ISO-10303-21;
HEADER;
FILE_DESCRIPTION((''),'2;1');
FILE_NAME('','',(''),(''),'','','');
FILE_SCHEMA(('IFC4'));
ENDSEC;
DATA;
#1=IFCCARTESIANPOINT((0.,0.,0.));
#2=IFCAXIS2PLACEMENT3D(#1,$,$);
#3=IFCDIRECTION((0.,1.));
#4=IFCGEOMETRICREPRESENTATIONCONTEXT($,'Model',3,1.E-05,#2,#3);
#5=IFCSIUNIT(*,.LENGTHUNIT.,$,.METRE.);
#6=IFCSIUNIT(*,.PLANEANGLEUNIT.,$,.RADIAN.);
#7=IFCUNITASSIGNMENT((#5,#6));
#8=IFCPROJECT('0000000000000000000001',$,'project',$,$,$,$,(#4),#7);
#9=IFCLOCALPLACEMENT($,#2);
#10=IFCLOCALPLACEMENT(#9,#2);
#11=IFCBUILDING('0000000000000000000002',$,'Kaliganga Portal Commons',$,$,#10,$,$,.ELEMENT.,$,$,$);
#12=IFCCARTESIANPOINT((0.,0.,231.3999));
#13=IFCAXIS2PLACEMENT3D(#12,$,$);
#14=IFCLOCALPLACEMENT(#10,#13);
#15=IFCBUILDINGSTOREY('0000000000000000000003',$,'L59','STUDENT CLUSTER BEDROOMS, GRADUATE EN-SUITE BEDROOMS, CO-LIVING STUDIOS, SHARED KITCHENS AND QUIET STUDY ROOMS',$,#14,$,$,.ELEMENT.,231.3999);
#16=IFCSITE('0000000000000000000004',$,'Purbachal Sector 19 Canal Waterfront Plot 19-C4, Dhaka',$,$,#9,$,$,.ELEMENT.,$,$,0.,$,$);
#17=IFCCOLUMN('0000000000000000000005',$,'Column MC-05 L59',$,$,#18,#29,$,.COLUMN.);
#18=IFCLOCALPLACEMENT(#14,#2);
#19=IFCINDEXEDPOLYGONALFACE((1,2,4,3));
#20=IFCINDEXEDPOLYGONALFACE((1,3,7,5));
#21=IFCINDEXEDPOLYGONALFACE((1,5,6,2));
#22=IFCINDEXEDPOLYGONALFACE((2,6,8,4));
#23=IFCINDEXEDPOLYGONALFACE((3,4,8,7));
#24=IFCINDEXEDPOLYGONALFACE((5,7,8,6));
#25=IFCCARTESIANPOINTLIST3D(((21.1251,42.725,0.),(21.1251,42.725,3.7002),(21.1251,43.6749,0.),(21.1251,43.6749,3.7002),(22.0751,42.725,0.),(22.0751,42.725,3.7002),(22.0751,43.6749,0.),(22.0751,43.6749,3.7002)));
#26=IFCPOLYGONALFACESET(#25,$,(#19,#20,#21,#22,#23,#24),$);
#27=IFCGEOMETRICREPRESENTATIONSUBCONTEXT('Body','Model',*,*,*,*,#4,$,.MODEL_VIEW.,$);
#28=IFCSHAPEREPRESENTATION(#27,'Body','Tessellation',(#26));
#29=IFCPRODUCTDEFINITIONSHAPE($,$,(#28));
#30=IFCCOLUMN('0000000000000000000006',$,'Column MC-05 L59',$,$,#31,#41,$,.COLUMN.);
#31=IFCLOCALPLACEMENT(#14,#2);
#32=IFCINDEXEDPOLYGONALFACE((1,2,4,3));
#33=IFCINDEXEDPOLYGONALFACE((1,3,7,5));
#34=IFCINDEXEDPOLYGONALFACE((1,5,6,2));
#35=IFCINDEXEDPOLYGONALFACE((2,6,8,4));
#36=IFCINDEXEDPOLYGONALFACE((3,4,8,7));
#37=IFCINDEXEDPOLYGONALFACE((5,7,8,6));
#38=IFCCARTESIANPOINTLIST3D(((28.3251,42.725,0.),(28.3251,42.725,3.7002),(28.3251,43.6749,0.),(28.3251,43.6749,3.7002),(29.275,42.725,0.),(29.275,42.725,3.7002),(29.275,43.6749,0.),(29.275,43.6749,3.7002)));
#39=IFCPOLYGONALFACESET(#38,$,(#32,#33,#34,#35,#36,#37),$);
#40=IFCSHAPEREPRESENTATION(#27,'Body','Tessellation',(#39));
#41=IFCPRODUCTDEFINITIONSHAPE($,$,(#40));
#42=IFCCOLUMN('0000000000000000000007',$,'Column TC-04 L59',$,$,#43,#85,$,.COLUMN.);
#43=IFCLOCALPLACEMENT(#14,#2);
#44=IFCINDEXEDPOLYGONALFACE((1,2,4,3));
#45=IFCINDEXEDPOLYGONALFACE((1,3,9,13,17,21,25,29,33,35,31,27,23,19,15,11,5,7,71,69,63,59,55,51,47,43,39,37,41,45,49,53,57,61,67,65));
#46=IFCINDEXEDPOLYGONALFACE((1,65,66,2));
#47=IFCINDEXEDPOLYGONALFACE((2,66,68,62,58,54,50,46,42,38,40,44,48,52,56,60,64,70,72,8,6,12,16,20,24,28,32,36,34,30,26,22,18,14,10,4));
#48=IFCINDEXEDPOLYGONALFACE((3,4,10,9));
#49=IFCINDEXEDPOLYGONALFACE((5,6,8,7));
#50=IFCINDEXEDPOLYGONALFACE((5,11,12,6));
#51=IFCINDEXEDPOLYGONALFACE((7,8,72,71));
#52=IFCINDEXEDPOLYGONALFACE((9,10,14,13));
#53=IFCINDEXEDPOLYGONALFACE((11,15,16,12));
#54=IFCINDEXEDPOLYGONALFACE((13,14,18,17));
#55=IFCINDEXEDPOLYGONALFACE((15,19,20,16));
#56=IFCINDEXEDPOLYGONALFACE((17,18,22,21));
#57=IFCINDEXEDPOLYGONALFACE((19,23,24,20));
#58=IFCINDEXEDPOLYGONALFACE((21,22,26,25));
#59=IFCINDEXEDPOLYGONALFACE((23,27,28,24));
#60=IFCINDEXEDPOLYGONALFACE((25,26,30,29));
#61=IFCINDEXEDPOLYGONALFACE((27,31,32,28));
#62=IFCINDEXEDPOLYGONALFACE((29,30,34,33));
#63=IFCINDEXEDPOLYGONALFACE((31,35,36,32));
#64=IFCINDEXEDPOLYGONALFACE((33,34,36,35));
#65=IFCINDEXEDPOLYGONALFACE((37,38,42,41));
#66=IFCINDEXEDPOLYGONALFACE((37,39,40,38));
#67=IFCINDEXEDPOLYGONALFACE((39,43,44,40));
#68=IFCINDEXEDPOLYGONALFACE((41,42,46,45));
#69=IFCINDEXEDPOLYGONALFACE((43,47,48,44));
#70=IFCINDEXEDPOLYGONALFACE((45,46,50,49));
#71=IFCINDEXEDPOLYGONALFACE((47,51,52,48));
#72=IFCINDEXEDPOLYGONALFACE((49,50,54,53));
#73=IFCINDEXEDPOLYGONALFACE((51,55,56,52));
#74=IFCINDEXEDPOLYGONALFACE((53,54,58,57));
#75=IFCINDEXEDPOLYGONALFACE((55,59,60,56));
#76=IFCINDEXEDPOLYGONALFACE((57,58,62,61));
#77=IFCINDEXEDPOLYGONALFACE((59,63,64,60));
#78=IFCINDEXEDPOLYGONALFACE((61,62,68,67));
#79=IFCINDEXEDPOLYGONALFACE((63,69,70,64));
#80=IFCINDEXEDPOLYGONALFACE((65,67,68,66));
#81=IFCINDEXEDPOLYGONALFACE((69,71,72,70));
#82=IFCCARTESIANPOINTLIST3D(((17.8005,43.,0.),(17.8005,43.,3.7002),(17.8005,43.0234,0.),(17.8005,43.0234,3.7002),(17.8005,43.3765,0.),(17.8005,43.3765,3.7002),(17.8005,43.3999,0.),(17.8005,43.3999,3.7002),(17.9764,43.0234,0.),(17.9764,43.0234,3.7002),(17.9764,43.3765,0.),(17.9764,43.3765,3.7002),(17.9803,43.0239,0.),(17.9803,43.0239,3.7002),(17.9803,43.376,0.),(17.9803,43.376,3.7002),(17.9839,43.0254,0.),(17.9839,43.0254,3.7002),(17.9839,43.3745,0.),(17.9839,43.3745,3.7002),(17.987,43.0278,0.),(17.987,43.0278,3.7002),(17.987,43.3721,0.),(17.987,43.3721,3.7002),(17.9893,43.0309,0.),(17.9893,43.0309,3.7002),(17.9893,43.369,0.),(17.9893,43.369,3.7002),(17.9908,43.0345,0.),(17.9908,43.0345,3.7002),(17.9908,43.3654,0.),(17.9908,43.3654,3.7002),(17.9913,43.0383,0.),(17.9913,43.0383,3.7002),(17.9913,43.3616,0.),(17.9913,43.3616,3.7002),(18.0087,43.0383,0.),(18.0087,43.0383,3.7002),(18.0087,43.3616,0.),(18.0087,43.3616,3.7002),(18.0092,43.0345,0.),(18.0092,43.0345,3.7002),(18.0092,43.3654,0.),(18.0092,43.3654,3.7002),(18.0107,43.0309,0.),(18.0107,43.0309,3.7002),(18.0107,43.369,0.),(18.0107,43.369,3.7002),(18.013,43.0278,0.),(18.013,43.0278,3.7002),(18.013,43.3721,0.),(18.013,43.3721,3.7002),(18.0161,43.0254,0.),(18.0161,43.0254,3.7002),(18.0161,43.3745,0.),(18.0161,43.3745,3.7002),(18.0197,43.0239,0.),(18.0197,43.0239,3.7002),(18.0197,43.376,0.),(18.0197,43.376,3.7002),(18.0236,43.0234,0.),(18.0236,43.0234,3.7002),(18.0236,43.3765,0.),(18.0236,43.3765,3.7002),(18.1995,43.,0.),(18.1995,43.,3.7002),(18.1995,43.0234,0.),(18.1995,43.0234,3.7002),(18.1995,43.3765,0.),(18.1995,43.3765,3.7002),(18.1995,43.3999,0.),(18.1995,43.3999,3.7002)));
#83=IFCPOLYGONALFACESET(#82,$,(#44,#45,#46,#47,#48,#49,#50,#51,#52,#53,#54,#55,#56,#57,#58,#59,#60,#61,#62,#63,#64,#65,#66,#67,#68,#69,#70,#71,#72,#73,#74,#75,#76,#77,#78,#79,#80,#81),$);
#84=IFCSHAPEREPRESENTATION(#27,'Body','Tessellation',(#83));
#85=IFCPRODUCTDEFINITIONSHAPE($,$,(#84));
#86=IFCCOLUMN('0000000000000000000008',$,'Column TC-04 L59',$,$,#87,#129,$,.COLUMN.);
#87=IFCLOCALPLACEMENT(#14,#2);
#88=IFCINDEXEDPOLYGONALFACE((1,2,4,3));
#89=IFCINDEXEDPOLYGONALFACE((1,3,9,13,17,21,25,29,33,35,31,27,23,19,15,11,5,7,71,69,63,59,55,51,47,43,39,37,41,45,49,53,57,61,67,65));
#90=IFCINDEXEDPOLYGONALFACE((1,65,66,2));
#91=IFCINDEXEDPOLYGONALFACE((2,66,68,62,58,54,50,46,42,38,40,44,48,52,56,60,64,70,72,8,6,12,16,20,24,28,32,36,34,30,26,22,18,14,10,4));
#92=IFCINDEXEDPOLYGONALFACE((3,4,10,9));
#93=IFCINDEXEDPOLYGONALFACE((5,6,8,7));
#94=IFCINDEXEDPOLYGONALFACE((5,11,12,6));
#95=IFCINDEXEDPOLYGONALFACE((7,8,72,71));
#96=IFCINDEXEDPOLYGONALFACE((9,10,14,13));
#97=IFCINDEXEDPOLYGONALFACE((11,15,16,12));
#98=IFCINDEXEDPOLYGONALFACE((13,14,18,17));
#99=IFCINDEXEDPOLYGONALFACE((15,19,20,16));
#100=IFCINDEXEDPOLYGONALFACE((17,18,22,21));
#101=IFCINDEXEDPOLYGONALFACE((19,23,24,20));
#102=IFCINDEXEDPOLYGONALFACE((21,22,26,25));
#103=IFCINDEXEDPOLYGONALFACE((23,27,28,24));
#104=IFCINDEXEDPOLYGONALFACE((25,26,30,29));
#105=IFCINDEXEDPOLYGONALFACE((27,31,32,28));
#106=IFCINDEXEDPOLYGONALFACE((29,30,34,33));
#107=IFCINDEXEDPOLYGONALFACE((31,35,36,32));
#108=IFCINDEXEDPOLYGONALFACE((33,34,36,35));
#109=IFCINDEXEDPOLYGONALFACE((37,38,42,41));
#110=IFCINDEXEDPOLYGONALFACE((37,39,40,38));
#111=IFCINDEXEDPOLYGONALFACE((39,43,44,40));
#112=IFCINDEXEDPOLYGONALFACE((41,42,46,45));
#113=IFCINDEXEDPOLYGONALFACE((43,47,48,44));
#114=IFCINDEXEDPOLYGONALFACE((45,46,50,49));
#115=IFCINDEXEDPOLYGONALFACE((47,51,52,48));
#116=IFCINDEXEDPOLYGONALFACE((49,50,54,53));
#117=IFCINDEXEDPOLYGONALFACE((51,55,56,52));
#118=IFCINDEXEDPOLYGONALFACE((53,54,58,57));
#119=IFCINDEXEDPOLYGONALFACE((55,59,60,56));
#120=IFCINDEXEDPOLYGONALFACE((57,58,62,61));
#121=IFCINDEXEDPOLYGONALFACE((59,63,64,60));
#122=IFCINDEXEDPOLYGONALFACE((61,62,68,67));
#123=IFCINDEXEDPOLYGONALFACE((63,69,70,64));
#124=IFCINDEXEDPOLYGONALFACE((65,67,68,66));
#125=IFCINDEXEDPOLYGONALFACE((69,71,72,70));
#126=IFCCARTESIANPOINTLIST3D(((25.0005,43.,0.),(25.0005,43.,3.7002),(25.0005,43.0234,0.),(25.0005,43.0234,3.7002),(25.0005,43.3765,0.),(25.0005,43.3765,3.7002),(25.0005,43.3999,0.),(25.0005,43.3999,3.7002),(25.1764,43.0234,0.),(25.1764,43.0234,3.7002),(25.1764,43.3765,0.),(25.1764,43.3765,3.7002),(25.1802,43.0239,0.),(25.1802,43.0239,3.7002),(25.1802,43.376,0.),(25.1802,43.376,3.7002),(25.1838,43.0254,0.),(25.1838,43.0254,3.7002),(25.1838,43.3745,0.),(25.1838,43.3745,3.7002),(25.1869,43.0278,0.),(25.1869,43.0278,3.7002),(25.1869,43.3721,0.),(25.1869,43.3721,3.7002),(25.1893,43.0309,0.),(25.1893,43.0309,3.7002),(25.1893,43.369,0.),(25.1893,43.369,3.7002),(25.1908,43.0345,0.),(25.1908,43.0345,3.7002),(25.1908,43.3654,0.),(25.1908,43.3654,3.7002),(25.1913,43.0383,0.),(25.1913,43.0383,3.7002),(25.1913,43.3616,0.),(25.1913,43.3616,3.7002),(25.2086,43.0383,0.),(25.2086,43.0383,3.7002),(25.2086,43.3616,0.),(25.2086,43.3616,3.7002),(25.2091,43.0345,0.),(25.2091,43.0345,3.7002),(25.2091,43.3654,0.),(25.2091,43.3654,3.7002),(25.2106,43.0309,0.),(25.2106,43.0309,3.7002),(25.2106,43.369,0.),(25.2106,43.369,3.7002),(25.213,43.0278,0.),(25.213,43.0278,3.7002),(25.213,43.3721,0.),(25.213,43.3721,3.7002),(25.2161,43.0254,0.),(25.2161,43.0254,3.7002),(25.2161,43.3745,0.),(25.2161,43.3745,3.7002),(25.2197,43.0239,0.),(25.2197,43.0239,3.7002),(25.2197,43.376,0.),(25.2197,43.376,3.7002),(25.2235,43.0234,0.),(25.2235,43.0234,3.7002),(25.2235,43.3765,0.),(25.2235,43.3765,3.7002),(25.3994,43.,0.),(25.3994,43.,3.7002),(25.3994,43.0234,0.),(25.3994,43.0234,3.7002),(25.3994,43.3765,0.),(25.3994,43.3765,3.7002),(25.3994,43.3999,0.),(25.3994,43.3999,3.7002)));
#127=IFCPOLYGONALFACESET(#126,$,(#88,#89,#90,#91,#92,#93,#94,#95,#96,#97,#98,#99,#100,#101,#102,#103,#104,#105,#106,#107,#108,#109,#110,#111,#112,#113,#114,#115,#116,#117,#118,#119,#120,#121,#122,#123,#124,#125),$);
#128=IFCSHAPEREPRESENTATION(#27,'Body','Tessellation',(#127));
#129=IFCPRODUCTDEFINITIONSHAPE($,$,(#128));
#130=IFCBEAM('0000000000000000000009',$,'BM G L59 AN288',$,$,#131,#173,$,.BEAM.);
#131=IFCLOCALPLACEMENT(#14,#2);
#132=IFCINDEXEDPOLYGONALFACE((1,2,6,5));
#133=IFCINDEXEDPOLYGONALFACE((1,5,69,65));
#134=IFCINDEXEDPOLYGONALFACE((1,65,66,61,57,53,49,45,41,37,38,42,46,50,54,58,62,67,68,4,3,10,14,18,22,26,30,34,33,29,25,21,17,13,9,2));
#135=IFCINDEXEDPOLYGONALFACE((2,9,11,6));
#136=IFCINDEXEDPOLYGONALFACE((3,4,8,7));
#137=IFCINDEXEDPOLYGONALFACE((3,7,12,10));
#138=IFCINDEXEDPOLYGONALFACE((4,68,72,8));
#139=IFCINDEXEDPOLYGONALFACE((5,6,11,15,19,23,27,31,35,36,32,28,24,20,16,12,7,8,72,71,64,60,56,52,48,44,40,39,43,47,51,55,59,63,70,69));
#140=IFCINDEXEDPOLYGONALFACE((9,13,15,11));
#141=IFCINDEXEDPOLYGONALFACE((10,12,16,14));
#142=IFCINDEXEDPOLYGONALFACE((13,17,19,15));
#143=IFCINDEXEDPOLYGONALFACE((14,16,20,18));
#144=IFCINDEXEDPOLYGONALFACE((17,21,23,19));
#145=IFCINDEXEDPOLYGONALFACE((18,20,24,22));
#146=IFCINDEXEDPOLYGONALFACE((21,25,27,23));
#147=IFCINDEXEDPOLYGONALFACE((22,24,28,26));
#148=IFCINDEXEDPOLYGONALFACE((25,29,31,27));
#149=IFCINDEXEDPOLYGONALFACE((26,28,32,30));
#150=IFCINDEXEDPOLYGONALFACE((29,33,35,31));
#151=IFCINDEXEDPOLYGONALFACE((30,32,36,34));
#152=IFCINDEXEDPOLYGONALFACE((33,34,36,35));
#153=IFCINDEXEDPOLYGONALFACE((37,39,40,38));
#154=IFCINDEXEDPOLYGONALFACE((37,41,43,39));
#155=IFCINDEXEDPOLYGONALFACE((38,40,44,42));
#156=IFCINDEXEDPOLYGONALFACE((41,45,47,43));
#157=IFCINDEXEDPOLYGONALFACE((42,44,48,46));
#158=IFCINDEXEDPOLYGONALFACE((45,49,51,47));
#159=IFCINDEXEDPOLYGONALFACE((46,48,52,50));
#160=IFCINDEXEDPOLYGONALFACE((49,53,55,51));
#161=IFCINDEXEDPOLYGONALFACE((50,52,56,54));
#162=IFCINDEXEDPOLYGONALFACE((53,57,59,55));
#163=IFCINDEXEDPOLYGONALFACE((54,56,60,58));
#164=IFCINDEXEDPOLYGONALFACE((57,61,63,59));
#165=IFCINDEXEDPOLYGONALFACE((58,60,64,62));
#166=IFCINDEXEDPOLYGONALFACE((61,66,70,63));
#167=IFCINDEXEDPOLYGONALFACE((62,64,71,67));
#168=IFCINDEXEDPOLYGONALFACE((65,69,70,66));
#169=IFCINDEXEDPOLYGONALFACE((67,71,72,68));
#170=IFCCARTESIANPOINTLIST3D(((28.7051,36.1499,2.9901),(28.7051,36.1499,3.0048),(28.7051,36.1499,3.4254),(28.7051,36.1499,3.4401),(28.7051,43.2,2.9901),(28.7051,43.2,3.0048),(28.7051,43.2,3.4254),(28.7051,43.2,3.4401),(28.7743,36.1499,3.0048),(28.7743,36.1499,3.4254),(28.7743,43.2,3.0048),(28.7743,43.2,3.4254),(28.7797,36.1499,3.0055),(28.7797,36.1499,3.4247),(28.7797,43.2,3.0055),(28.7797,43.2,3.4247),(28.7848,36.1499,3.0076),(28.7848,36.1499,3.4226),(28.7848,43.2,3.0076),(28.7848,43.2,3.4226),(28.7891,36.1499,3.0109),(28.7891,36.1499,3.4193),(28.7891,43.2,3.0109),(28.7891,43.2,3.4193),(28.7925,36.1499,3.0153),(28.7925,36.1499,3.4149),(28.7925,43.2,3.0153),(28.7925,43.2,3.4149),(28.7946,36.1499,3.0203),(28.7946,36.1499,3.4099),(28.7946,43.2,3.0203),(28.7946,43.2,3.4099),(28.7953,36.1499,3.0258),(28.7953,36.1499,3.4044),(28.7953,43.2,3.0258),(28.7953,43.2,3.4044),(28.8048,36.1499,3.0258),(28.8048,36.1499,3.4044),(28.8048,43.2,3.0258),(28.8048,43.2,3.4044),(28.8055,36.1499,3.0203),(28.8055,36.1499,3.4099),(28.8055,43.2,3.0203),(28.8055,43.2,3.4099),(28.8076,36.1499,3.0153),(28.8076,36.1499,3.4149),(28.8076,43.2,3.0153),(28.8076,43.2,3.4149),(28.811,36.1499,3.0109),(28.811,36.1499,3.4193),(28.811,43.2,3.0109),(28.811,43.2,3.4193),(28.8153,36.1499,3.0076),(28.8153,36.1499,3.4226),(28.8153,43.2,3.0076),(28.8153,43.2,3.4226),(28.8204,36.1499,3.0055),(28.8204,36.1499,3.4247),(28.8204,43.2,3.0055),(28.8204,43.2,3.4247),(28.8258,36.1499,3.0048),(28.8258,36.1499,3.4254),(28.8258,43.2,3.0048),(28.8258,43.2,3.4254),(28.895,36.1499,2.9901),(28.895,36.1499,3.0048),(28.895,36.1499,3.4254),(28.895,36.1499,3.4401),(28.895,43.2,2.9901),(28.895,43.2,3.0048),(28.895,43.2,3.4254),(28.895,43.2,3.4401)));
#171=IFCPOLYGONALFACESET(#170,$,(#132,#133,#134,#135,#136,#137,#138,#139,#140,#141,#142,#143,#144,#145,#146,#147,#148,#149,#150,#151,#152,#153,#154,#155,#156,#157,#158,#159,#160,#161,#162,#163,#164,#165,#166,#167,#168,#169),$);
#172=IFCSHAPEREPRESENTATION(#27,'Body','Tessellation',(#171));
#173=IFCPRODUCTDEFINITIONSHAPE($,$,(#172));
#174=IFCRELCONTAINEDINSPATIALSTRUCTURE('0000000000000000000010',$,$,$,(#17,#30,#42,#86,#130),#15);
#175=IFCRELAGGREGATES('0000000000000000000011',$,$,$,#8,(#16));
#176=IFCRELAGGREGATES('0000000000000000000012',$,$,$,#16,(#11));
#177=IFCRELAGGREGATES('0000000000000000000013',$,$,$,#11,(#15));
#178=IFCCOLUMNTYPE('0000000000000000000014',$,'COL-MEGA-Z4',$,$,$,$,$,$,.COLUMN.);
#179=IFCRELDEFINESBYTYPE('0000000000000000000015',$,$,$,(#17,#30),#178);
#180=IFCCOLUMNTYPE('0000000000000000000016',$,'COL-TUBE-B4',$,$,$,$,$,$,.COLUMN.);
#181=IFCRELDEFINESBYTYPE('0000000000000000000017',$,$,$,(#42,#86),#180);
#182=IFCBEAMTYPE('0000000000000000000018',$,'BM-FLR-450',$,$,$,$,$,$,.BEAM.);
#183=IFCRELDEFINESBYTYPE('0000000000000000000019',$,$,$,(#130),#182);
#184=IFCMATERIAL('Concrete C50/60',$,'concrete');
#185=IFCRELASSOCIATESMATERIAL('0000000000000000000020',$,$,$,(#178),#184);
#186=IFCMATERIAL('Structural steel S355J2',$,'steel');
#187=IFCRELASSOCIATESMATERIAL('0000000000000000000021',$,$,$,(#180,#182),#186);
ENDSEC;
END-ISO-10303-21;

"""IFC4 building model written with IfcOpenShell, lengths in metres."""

from ifc_helpers import new_model, si_unit, direction, frame, origin, origin_2d, place, context, subcontext, project, spatial, rectangle, i_section, extrude, source, transform, mapped, material, material_profile, profile_set, type_object, element, save


model = new_model("IFC4")

# Units and contexts
model_context = context("Model", 3, precision=1e-05, world=origin(), true_north=direction((0.0, 1.0)))
body_context = subcontext(model_context, "Body", "Model", "MODEL_VIEW")
ifc_project = project(units=[si_unit("LENGTHUNIT", "METRE"), si_unit("PLANEANGLEUNIT", "RADIAN")], contexts=[model_context])

# Site, building, storey
site_placement = place(None, origin())
site = spatial("IfcSite", under=ifc_project, at=site_placement, Name="Purbachal Sector 19 Canal Waterfront Plot 19-C4, Dhaka", CompositionType="ELEMENT", RefElevation=0.0)
building_placement = place(site_placement, origin())
building = spatial("IfcBuilding", under=site, at=building_placement, Name="Kaliganga Portal Commons", CompositionType="ELEMENT")
storey_placement = place(building_placement, frame((0.0, 0.0, 231.3999)))
storey = spatial("IfcBuildingStorey", under=building, at=storey_placement, Name="L59", Description="STUDENT CLUSTER BEDROOMS, GRADUATE EN-SUITE BEDROOMS, CO-LIVING STUDIOS, SHARED KITCHENS AND QUIET STUDY ROOMS", CompositionType="ELEMENT", Elevation=231.3999)

# Columns
ifc_material_1 = material(Name="Concrete C50/60", Category="concrete")
ifc_material_profile_1 = material_profile(ifc_material_1, rectangle(XDim=0.95, YDim=0.95, at=origin_2d()), Name="RC 950x950")
ifc_profile_set_1 = profile_set([ifc_material_profile_1], Name="Concrete C50/60")
column_type_1 = type_object("IfcColumnType", Name="COL-MEGA-Z4", PredefinedType="COLUMN", material=ifc_profile_set_1)
shared_shape_1 = source(origin(), body_context, "Body", "SweptSolid", [
    extrude(rectangle(XDim=0.95, YDim=0.95, at=origin_2d()), origin(), (0.0, 0.0, 1.0), 3.7002),
])
for number, where, z_axis, x_axis, name in (
    (1, (21.6001, 43.2, 0.0), (0.0, 0.0, 1.0), (1.0, 0.0, 0.0), "Column MC-05 L59"),
    (2, (28.8, 43.2, 0.0), (0.0, 0.0, 1.0), (1.0, 0.0, 0.0), "Column MC-05 L59"),
):
    element("IfcColumn", number, at=place(storey_placement, frame(where, z_axis=z_axis, x_axis=x_axis)), inside=storey, type_object=column_type_1, Name=name, PredefinedType="COLUMN", context=body_context, shape_type="MappedRepresentation", body=[
        mapped(shared_shape_1, transform((0.0, 0.0, 0.0), x_axis=(1.0, 0.0, 0.0), y_axis=(0.0, 1.0, 0.0), z_axis=(0.0, 0.0, 1.0), scale=1.0)),
    ])
ifc_material_2 = material(Name="Structural steel S355J2", Category="steel")
ifc_material_profile_2 = material_profile(ifc_material_2, i_section(OverallWidth=0.3989, OverallDepth=0.3999, WebThickness=0.0173, FlangeThickness=0.0234, FilletRadius=0.0149, at=origin_2d()), Name="HD 400x287")
ifc_profile_set_2 = profile_set([ifc_material_profile_2], Name="Structural steel S355J2 wide-flange")
column_type_2 = type_object("IfcColumnType", Name="COL-TUBE-B4", PredefinedType="COLUMN", material=ifc_profile_set_2)
shared_shape_2 = source(origin(), body_context, "Body", "SweptSolid", [
    extrude(i_section(OverallWidth=0.3989, OverallDepth=0.3999, WebThickness=0.0173, FlangeThickness=0.0234, FilletRadius=0.0149, at=origin_2d()), origin(), (0.0, 0.0, 1.0), 3.7002),
])
for number, where, z_axis, x_axis, name in (
    (3, (18.0, 43.2, 0.0), (0.0, 0.0, 1.0), (1.0, 0.0, 0.0), "Column TC-04 L59"),
    (4, (25.2, 43.2, 0.0), (0.0, 0.0, 1.0), (1.0, 0.0, 0.0), "Column TC-04 L59"),
):
    element("IfcColumn", number, at=place(storey_placement, frame(where, z_axis=z_axis, x_axis=x_axis)), inside=storey, type_object=column_type_2, Name=name, PredefinedType="COLUMN", context=body_context, shape_type="MappedRepresentation", body=[
        mapped(shared_shape_2, transform((0.0, 0.0, 0.0), x_axis=(1.0, 0.0, 0.0), y_axis=(0.0, 1.0, 0.0), z_axis=(0.0, 0.0, 1.0), scale=1.0)),
    ])

# Beam
ifc_material_profile_3 = material_profile(ifc_material_2, i_section(OverallWidth=0.1899, OverallDepth=0.45, WebThickness=0.0095, FlangeThickness=0.0146, FilletRadius=0.021, at=origin_2d()), Name="IPE 450")
ifc_profile_set_3 = profile_set([ifc_material_profile_3], Name="Structural steel S355J2 wide-flange")
beam_type_1 = type_object("IfcBeamType", Name="BM-FLR-450", PredefinedType="BEAM", material=ifc_profile_set_3)
shared_shape_3 = source(origin(), body_context, "Body", "SweptSolid", [
    extrude(i_section(OverallWidth=0.1899, OverallDepth=0.45, WebThickness=0.0095, FlangeThickness=0.0146, FilletRadius=0.021, at=origin_2d()), origin(), (0.0, 0.0, 1.0), 7.05),
])
beam_1_placement = place(storey_placement, frame((28.8, 36.1499, 3.2151), z_axis=(0.0, 1.0, 0.0), x_axis=(-1.0, 0.0, 0.0)))
element("IfcBeam", 5, at=beam_1_placement, inside=storey, type_object=beam_type_1, Name="BM G L59 AN288", PredefinedType="BEAM", context=body_context, shape_type="MappedRepresentation", body=[
    mapped(shared_shape_3, transform((0.0, 0.0, 0.0), x_axis=(1.0, 0.0, 0.0), y_axis=(0.0, 1.0, 0.0), z_axis=(0.0, 0.0, 1.0), scale=1.0)),
])

save(model, "model.ifc")
